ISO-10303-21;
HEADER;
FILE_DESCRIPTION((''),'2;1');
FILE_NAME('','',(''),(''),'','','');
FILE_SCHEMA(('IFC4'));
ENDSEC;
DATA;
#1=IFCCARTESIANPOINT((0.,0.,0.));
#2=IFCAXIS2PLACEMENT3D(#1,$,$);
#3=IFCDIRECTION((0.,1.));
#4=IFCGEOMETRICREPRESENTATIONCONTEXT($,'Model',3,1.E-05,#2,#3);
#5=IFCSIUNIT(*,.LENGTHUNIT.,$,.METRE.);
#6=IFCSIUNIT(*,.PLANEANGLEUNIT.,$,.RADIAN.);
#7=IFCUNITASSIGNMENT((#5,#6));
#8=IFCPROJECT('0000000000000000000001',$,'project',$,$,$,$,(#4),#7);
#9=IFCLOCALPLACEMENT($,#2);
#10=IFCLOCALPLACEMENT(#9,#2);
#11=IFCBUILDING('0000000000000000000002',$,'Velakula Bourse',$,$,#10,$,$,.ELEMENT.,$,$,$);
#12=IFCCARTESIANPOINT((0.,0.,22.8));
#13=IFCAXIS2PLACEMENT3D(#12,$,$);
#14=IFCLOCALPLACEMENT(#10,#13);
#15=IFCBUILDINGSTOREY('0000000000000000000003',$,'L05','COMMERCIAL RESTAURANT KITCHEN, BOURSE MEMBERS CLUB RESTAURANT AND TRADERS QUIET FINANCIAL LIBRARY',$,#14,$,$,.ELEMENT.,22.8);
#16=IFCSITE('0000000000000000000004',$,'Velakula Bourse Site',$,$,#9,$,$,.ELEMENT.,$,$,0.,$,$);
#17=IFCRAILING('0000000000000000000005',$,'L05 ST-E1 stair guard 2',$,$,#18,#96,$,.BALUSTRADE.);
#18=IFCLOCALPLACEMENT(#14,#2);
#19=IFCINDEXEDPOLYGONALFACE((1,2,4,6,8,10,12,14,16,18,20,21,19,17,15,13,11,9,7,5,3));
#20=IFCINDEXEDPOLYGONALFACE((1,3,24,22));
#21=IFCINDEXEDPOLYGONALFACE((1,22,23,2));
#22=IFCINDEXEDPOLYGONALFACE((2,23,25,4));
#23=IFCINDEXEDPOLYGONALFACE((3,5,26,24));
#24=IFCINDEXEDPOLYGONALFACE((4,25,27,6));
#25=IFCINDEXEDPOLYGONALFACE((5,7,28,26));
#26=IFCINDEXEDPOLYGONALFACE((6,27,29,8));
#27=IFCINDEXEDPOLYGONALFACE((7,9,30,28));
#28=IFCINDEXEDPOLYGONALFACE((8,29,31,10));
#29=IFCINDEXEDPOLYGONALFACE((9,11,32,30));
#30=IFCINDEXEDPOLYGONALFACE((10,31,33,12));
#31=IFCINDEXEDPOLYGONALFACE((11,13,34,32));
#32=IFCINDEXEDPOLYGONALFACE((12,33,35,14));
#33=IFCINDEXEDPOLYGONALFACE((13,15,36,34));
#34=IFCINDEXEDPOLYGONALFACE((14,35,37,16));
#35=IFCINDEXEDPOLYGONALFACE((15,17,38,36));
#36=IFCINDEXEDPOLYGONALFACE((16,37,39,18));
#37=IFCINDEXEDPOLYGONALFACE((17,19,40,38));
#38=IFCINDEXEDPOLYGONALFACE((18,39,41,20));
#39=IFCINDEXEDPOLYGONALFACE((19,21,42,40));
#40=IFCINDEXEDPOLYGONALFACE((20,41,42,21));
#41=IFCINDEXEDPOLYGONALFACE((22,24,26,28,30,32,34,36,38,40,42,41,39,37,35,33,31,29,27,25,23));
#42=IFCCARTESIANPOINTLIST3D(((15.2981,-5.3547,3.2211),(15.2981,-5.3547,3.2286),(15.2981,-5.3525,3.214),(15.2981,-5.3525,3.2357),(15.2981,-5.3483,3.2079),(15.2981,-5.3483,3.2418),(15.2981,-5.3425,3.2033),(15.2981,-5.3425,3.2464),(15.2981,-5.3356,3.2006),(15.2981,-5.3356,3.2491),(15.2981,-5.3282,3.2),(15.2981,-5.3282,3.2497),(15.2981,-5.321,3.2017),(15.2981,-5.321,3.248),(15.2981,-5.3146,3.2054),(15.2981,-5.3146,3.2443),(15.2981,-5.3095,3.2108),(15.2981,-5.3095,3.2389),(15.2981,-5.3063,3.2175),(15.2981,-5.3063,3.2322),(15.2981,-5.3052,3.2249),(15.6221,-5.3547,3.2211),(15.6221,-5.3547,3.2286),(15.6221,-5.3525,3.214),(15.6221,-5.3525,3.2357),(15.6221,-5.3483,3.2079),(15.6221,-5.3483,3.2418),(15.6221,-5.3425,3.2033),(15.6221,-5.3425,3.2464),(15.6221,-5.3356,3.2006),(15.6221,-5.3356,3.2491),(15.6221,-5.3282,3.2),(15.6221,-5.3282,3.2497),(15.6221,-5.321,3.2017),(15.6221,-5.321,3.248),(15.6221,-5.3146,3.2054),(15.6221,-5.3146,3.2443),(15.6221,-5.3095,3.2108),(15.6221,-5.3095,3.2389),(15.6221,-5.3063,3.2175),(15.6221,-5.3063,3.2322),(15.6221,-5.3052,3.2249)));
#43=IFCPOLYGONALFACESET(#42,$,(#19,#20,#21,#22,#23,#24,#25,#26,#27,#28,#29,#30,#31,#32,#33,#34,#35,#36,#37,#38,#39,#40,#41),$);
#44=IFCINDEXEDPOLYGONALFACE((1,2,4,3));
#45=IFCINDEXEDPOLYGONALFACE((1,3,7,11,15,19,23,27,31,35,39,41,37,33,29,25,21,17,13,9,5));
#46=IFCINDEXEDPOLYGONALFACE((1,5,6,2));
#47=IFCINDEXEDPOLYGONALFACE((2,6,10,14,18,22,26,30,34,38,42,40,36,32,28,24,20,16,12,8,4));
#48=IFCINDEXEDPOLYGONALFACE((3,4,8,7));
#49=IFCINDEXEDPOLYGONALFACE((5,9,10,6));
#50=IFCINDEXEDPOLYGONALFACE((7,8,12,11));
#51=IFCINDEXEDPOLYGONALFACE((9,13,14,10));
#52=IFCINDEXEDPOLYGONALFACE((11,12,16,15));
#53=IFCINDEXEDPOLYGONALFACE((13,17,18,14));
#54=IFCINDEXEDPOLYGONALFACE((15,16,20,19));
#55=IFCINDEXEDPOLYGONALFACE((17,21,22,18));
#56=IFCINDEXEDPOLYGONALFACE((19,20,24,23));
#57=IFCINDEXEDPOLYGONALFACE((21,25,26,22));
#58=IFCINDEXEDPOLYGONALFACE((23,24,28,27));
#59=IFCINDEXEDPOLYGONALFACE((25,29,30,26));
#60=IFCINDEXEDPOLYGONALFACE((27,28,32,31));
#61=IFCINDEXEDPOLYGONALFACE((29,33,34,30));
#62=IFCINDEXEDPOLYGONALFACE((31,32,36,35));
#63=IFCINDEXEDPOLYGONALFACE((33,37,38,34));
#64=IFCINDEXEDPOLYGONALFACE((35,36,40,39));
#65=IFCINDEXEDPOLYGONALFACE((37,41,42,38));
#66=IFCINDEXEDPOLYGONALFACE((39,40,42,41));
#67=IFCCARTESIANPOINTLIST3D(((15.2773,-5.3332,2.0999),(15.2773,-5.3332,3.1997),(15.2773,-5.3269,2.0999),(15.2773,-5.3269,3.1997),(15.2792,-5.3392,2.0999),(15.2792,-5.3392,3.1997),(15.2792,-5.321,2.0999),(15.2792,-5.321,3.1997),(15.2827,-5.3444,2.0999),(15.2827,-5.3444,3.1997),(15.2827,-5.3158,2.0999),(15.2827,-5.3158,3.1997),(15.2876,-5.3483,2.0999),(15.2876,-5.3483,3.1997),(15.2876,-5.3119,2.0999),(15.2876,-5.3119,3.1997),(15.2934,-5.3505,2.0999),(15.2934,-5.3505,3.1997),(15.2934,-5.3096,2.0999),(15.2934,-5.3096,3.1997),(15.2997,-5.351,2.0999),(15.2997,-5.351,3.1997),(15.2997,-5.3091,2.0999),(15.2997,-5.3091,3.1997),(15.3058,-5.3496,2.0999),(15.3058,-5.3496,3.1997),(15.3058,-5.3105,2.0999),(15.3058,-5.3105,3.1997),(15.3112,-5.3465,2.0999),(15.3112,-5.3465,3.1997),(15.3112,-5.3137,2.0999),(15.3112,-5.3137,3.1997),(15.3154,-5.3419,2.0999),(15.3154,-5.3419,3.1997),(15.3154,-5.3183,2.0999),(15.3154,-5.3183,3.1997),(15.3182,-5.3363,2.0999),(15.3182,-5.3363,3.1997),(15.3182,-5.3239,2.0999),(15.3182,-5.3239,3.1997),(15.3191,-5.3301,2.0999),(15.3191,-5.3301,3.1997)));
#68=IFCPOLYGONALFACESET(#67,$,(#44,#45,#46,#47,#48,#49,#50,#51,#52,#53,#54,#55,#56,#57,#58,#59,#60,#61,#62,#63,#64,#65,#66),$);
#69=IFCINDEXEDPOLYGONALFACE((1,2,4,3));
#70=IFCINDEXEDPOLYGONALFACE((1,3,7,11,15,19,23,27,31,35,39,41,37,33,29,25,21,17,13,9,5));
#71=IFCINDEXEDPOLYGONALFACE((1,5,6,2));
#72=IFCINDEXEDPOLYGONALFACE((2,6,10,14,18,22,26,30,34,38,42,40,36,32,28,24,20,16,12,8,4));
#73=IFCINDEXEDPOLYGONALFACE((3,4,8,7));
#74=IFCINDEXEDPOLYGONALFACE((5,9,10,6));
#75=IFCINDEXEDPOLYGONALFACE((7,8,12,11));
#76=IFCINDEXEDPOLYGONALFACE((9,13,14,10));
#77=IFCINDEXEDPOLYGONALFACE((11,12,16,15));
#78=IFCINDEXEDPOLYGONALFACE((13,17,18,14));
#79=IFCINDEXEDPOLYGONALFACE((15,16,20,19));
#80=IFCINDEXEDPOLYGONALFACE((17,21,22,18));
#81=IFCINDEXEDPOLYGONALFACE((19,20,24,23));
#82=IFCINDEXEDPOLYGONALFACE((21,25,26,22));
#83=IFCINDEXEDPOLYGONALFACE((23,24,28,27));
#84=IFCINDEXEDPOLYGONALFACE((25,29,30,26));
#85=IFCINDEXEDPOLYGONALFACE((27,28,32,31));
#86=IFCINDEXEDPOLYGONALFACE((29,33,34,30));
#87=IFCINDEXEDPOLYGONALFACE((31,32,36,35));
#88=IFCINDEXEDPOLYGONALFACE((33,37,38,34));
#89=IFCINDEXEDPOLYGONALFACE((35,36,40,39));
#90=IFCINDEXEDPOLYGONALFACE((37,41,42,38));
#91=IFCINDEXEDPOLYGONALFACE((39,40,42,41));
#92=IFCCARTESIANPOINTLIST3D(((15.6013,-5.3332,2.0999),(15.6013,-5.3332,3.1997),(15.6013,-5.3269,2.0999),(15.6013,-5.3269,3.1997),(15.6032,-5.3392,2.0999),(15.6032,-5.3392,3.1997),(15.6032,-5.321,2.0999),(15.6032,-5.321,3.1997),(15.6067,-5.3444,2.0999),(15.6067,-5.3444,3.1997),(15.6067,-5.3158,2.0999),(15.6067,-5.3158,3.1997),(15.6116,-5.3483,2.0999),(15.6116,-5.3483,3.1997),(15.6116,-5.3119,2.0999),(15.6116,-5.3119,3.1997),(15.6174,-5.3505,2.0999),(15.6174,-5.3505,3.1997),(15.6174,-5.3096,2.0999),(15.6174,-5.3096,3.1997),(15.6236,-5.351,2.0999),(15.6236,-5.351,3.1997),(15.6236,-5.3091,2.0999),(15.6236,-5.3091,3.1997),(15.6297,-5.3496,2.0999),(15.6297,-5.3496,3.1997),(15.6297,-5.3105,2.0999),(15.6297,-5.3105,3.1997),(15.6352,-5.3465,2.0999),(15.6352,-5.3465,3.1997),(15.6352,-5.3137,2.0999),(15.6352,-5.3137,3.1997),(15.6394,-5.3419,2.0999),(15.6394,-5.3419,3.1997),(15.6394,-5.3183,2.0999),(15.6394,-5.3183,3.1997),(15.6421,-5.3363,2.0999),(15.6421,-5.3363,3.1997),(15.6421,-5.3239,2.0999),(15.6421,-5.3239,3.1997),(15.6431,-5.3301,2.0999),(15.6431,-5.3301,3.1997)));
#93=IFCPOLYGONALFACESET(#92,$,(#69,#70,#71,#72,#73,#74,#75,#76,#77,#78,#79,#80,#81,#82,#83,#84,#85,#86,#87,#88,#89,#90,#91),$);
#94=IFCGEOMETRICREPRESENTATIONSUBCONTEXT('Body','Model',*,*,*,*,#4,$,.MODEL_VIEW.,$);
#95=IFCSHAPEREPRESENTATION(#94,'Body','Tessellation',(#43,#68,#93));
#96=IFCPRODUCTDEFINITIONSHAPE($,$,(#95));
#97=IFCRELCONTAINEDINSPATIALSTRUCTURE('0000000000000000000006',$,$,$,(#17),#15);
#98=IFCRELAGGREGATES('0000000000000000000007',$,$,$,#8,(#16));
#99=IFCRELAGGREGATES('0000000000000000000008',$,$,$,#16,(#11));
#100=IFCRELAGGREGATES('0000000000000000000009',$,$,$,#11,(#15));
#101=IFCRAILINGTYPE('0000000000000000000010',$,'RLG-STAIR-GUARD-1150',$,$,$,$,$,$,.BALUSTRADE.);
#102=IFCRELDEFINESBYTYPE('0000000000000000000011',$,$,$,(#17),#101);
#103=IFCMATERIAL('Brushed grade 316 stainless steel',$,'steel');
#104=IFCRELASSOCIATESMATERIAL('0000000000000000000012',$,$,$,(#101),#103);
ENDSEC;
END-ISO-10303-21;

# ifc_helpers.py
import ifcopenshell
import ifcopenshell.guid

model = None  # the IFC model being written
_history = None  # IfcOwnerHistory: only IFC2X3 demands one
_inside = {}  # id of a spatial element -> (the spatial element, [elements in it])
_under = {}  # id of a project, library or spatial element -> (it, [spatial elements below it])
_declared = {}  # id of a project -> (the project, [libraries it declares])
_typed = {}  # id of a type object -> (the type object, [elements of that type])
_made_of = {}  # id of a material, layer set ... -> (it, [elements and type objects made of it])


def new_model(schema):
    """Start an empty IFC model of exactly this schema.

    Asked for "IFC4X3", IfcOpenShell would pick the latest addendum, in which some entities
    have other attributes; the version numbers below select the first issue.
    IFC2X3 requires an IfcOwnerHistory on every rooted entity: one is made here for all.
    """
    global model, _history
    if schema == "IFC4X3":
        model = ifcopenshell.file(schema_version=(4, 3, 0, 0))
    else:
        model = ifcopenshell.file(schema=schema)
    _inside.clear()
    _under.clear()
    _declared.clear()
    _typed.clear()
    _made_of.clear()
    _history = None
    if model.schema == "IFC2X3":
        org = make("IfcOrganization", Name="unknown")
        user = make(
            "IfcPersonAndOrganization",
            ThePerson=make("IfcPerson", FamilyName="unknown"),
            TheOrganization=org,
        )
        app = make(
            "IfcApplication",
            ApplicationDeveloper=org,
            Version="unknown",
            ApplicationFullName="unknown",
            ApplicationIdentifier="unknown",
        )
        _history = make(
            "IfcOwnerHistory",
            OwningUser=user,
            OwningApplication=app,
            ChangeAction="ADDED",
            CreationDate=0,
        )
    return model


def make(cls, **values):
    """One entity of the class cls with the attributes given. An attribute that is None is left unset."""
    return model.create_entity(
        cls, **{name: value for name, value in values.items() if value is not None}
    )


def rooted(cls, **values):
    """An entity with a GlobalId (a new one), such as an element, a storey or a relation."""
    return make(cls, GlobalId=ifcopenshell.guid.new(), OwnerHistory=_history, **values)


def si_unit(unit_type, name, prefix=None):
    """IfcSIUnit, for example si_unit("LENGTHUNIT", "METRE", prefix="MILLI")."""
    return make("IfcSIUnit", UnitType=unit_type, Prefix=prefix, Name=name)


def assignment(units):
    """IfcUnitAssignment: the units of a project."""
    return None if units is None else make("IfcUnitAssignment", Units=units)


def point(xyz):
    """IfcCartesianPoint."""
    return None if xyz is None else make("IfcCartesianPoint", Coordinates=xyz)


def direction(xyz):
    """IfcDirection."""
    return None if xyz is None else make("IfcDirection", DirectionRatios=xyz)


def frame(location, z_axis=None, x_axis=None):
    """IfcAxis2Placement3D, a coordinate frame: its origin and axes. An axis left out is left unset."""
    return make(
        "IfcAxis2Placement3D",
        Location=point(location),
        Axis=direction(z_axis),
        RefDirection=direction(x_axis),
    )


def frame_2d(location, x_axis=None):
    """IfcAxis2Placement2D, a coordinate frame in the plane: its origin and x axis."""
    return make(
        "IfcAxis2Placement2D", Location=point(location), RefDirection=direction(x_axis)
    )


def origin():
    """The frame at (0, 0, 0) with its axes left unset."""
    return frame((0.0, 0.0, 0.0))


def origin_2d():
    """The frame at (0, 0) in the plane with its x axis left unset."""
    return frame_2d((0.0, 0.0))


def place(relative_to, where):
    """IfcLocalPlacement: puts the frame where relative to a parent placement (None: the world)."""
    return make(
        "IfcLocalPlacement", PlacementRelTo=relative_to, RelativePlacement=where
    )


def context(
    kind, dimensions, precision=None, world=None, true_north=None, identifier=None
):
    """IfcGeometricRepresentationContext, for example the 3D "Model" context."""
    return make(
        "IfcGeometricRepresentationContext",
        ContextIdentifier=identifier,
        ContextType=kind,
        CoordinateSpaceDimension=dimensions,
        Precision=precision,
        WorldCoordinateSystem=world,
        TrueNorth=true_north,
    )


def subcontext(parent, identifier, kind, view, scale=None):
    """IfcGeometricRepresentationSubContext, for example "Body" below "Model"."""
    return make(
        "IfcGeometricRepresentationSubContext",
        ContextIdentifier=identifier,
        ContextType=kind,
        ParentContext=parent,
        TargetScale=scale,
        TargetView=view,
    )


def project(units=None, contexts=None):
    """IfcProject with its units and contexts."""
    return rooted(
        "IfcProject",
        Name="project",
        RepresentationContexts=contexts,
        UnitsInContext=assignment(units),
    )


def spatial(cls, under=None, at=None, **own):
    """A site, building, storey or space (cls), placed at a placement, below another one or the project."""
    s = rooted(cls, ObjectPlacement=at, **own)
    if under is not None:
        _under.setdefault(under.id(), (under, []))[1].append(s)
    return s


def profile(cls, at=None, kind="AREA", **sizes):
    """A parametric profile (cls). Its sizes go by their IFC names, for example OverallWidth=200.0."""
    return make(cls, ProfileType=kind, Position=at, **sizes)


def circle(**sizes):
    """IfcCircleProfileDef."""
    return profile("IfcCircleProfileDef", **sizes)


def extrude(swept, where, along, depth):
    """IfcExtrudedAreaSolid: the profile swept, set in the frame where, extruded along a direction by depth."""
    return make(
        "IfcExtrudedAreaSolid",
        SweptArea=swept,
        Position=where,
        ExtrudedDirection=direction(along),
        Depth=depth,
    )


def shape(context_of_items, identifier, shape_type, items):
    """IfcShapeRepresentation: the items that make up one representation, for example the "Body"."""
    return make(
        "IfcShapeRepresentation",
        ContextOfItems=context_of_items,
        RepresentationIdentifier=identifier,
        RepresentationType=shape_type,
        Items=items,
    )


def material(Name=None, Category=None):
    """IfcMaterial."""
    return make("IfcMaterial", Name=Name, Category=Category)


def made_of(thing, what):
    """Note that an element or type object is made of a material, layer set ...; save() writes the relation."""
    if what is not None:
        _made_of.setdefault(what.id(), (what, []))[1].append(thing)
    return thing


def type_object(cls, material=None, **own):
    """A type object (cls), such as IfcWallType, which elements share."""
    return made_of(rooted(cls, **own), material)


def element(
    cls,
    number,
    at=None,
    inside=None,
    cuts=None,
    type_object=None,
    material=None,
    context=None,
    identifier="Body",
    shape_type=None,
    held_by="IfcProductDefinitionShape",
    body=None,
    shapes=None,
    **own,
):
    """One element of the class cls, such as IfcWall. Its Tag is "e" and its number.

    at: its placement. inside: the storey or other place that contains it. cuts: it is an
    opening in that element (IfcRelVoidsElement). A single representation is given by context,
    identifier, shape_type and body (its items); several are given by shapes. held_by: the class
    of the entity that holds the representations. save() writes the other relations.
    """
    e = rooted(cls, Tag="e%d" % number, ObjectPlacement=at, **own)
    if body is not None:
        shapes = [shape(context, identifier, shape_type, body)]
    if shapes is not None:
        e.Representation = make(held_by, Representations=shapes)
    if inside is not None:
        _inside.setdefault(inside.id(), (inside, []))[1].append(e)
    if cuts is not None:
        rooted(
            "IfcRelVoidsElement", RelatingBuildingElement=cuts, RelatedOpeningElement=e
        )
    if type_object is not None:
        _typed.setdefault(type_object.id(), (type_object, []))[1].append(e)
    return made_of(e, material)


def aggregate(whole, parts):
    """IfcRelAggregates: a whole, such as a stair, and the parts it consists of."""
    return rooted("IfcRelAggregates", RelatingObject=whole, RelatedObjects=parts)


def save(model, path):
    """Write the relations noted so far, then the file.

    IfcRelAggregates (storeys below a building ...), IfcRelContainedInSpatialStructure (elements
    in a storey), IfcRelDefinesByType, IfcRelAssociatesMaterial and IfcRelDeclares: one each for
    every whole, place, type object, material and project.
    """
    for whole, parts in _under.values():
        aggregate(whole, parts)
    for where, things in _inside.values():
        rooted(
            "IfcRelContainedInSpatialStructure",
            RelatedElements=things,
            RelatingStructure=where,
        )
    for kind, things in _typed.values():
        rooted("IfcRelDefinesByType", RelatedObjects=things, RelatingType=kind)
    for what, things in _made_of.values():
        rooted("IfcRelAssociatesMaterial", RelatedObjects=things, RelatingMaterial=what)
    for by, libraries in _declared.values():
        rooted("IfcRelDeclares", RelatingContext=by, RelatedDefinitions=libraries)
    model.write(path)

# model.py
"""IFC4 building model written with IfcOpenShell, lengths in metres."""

from ifc_helpers import new_model, si_unit, direction, frame, origin, origin_2d, place, context, subcontext, project, spatial, circle, extrude, material, type_object, element, save


model = new_model("IFC4")

# Units and contexts
model_context = context("Model", 3, precision=1e-05, world=origin(), true_north=direction((0.0, 1.0)))
body_context = subcontext(model_context, "Body", "Model", "MODEL_VIEW")
ifc_project = project(units=[si_unit("LENGTHUNIT", "METRE"), si_unit("PLANEANGLEUNIT", "RADIAN")], contexts=[model_context])

# Site, building, storey
site_placement = place(None, origin())
site = spatial("IfcSite", under=ifc_project, at=site_placement, Name="Velakula Bourse Site", CompositionType="ELEMENT", RefElevation=0.0)
building_placement = place(site_placement, origin())
building = spatial("IfcBuilding", under=site, at=building_placement, Name="Velakula Bourse", CompositionType="ELEMENT")
storey_placement = place(building_placement, frame((0.0, 0.0, 22.8)))
storey = spatial("IfcBuildingStorey", under=building, at=storey_placement, Name="L05", Description="COMMERCIAL RESTAURANT KITCHEN, BOURSE MEMBERS CLUB RESTAURANT AND TRADERS QUIET FINANCIAL LIBRARY", CompositionType="ELEMENT", Elevation=22.8)

# Shared definitions
ifc_material_1 = material(Name="Brushed grade 316 stainless steel", Category="steel")

# Railing
railing_type_1 = type_object("IfcRailingType", Name="RLG-STAIR-GUARD-1150", PredefinedType="BALUSTRADE", material=ifc_material_1)
railing_1_placement = place(storey_placement, frame((15.2981, -5.3301, 2.0999)))
element("IfcRailing", 1, at=railing_1_placement, inside=storey, type_object=railing_type_1, Name="L05 ST-E1 stair guard 2", PredefinedType="BALUSTRADE", context=body_context, shape_type="SweptSolid", body=[
    extrude(circle(Radius=0.0249, at=origin_2d()), frame((0.0, 0.0, 1.125), z_axis=(1.0, 0.0, 0.0), x_axis=(0.0, 1.0, 0.0)), (0.0, 0.0, 1.0), 0.324),
    extrude(circle(Radius=0.021, at=origin_2d()), origin(), (0.0, 0.0, 1.0), 1.0999),
    extrude(circle(Radius=0.021, at=origin_2d()), frame((0.324, 0.0, 0.0)), (0.0, 0.0, 1.0), 1.0999),
])

save(model, "model.ifc")
